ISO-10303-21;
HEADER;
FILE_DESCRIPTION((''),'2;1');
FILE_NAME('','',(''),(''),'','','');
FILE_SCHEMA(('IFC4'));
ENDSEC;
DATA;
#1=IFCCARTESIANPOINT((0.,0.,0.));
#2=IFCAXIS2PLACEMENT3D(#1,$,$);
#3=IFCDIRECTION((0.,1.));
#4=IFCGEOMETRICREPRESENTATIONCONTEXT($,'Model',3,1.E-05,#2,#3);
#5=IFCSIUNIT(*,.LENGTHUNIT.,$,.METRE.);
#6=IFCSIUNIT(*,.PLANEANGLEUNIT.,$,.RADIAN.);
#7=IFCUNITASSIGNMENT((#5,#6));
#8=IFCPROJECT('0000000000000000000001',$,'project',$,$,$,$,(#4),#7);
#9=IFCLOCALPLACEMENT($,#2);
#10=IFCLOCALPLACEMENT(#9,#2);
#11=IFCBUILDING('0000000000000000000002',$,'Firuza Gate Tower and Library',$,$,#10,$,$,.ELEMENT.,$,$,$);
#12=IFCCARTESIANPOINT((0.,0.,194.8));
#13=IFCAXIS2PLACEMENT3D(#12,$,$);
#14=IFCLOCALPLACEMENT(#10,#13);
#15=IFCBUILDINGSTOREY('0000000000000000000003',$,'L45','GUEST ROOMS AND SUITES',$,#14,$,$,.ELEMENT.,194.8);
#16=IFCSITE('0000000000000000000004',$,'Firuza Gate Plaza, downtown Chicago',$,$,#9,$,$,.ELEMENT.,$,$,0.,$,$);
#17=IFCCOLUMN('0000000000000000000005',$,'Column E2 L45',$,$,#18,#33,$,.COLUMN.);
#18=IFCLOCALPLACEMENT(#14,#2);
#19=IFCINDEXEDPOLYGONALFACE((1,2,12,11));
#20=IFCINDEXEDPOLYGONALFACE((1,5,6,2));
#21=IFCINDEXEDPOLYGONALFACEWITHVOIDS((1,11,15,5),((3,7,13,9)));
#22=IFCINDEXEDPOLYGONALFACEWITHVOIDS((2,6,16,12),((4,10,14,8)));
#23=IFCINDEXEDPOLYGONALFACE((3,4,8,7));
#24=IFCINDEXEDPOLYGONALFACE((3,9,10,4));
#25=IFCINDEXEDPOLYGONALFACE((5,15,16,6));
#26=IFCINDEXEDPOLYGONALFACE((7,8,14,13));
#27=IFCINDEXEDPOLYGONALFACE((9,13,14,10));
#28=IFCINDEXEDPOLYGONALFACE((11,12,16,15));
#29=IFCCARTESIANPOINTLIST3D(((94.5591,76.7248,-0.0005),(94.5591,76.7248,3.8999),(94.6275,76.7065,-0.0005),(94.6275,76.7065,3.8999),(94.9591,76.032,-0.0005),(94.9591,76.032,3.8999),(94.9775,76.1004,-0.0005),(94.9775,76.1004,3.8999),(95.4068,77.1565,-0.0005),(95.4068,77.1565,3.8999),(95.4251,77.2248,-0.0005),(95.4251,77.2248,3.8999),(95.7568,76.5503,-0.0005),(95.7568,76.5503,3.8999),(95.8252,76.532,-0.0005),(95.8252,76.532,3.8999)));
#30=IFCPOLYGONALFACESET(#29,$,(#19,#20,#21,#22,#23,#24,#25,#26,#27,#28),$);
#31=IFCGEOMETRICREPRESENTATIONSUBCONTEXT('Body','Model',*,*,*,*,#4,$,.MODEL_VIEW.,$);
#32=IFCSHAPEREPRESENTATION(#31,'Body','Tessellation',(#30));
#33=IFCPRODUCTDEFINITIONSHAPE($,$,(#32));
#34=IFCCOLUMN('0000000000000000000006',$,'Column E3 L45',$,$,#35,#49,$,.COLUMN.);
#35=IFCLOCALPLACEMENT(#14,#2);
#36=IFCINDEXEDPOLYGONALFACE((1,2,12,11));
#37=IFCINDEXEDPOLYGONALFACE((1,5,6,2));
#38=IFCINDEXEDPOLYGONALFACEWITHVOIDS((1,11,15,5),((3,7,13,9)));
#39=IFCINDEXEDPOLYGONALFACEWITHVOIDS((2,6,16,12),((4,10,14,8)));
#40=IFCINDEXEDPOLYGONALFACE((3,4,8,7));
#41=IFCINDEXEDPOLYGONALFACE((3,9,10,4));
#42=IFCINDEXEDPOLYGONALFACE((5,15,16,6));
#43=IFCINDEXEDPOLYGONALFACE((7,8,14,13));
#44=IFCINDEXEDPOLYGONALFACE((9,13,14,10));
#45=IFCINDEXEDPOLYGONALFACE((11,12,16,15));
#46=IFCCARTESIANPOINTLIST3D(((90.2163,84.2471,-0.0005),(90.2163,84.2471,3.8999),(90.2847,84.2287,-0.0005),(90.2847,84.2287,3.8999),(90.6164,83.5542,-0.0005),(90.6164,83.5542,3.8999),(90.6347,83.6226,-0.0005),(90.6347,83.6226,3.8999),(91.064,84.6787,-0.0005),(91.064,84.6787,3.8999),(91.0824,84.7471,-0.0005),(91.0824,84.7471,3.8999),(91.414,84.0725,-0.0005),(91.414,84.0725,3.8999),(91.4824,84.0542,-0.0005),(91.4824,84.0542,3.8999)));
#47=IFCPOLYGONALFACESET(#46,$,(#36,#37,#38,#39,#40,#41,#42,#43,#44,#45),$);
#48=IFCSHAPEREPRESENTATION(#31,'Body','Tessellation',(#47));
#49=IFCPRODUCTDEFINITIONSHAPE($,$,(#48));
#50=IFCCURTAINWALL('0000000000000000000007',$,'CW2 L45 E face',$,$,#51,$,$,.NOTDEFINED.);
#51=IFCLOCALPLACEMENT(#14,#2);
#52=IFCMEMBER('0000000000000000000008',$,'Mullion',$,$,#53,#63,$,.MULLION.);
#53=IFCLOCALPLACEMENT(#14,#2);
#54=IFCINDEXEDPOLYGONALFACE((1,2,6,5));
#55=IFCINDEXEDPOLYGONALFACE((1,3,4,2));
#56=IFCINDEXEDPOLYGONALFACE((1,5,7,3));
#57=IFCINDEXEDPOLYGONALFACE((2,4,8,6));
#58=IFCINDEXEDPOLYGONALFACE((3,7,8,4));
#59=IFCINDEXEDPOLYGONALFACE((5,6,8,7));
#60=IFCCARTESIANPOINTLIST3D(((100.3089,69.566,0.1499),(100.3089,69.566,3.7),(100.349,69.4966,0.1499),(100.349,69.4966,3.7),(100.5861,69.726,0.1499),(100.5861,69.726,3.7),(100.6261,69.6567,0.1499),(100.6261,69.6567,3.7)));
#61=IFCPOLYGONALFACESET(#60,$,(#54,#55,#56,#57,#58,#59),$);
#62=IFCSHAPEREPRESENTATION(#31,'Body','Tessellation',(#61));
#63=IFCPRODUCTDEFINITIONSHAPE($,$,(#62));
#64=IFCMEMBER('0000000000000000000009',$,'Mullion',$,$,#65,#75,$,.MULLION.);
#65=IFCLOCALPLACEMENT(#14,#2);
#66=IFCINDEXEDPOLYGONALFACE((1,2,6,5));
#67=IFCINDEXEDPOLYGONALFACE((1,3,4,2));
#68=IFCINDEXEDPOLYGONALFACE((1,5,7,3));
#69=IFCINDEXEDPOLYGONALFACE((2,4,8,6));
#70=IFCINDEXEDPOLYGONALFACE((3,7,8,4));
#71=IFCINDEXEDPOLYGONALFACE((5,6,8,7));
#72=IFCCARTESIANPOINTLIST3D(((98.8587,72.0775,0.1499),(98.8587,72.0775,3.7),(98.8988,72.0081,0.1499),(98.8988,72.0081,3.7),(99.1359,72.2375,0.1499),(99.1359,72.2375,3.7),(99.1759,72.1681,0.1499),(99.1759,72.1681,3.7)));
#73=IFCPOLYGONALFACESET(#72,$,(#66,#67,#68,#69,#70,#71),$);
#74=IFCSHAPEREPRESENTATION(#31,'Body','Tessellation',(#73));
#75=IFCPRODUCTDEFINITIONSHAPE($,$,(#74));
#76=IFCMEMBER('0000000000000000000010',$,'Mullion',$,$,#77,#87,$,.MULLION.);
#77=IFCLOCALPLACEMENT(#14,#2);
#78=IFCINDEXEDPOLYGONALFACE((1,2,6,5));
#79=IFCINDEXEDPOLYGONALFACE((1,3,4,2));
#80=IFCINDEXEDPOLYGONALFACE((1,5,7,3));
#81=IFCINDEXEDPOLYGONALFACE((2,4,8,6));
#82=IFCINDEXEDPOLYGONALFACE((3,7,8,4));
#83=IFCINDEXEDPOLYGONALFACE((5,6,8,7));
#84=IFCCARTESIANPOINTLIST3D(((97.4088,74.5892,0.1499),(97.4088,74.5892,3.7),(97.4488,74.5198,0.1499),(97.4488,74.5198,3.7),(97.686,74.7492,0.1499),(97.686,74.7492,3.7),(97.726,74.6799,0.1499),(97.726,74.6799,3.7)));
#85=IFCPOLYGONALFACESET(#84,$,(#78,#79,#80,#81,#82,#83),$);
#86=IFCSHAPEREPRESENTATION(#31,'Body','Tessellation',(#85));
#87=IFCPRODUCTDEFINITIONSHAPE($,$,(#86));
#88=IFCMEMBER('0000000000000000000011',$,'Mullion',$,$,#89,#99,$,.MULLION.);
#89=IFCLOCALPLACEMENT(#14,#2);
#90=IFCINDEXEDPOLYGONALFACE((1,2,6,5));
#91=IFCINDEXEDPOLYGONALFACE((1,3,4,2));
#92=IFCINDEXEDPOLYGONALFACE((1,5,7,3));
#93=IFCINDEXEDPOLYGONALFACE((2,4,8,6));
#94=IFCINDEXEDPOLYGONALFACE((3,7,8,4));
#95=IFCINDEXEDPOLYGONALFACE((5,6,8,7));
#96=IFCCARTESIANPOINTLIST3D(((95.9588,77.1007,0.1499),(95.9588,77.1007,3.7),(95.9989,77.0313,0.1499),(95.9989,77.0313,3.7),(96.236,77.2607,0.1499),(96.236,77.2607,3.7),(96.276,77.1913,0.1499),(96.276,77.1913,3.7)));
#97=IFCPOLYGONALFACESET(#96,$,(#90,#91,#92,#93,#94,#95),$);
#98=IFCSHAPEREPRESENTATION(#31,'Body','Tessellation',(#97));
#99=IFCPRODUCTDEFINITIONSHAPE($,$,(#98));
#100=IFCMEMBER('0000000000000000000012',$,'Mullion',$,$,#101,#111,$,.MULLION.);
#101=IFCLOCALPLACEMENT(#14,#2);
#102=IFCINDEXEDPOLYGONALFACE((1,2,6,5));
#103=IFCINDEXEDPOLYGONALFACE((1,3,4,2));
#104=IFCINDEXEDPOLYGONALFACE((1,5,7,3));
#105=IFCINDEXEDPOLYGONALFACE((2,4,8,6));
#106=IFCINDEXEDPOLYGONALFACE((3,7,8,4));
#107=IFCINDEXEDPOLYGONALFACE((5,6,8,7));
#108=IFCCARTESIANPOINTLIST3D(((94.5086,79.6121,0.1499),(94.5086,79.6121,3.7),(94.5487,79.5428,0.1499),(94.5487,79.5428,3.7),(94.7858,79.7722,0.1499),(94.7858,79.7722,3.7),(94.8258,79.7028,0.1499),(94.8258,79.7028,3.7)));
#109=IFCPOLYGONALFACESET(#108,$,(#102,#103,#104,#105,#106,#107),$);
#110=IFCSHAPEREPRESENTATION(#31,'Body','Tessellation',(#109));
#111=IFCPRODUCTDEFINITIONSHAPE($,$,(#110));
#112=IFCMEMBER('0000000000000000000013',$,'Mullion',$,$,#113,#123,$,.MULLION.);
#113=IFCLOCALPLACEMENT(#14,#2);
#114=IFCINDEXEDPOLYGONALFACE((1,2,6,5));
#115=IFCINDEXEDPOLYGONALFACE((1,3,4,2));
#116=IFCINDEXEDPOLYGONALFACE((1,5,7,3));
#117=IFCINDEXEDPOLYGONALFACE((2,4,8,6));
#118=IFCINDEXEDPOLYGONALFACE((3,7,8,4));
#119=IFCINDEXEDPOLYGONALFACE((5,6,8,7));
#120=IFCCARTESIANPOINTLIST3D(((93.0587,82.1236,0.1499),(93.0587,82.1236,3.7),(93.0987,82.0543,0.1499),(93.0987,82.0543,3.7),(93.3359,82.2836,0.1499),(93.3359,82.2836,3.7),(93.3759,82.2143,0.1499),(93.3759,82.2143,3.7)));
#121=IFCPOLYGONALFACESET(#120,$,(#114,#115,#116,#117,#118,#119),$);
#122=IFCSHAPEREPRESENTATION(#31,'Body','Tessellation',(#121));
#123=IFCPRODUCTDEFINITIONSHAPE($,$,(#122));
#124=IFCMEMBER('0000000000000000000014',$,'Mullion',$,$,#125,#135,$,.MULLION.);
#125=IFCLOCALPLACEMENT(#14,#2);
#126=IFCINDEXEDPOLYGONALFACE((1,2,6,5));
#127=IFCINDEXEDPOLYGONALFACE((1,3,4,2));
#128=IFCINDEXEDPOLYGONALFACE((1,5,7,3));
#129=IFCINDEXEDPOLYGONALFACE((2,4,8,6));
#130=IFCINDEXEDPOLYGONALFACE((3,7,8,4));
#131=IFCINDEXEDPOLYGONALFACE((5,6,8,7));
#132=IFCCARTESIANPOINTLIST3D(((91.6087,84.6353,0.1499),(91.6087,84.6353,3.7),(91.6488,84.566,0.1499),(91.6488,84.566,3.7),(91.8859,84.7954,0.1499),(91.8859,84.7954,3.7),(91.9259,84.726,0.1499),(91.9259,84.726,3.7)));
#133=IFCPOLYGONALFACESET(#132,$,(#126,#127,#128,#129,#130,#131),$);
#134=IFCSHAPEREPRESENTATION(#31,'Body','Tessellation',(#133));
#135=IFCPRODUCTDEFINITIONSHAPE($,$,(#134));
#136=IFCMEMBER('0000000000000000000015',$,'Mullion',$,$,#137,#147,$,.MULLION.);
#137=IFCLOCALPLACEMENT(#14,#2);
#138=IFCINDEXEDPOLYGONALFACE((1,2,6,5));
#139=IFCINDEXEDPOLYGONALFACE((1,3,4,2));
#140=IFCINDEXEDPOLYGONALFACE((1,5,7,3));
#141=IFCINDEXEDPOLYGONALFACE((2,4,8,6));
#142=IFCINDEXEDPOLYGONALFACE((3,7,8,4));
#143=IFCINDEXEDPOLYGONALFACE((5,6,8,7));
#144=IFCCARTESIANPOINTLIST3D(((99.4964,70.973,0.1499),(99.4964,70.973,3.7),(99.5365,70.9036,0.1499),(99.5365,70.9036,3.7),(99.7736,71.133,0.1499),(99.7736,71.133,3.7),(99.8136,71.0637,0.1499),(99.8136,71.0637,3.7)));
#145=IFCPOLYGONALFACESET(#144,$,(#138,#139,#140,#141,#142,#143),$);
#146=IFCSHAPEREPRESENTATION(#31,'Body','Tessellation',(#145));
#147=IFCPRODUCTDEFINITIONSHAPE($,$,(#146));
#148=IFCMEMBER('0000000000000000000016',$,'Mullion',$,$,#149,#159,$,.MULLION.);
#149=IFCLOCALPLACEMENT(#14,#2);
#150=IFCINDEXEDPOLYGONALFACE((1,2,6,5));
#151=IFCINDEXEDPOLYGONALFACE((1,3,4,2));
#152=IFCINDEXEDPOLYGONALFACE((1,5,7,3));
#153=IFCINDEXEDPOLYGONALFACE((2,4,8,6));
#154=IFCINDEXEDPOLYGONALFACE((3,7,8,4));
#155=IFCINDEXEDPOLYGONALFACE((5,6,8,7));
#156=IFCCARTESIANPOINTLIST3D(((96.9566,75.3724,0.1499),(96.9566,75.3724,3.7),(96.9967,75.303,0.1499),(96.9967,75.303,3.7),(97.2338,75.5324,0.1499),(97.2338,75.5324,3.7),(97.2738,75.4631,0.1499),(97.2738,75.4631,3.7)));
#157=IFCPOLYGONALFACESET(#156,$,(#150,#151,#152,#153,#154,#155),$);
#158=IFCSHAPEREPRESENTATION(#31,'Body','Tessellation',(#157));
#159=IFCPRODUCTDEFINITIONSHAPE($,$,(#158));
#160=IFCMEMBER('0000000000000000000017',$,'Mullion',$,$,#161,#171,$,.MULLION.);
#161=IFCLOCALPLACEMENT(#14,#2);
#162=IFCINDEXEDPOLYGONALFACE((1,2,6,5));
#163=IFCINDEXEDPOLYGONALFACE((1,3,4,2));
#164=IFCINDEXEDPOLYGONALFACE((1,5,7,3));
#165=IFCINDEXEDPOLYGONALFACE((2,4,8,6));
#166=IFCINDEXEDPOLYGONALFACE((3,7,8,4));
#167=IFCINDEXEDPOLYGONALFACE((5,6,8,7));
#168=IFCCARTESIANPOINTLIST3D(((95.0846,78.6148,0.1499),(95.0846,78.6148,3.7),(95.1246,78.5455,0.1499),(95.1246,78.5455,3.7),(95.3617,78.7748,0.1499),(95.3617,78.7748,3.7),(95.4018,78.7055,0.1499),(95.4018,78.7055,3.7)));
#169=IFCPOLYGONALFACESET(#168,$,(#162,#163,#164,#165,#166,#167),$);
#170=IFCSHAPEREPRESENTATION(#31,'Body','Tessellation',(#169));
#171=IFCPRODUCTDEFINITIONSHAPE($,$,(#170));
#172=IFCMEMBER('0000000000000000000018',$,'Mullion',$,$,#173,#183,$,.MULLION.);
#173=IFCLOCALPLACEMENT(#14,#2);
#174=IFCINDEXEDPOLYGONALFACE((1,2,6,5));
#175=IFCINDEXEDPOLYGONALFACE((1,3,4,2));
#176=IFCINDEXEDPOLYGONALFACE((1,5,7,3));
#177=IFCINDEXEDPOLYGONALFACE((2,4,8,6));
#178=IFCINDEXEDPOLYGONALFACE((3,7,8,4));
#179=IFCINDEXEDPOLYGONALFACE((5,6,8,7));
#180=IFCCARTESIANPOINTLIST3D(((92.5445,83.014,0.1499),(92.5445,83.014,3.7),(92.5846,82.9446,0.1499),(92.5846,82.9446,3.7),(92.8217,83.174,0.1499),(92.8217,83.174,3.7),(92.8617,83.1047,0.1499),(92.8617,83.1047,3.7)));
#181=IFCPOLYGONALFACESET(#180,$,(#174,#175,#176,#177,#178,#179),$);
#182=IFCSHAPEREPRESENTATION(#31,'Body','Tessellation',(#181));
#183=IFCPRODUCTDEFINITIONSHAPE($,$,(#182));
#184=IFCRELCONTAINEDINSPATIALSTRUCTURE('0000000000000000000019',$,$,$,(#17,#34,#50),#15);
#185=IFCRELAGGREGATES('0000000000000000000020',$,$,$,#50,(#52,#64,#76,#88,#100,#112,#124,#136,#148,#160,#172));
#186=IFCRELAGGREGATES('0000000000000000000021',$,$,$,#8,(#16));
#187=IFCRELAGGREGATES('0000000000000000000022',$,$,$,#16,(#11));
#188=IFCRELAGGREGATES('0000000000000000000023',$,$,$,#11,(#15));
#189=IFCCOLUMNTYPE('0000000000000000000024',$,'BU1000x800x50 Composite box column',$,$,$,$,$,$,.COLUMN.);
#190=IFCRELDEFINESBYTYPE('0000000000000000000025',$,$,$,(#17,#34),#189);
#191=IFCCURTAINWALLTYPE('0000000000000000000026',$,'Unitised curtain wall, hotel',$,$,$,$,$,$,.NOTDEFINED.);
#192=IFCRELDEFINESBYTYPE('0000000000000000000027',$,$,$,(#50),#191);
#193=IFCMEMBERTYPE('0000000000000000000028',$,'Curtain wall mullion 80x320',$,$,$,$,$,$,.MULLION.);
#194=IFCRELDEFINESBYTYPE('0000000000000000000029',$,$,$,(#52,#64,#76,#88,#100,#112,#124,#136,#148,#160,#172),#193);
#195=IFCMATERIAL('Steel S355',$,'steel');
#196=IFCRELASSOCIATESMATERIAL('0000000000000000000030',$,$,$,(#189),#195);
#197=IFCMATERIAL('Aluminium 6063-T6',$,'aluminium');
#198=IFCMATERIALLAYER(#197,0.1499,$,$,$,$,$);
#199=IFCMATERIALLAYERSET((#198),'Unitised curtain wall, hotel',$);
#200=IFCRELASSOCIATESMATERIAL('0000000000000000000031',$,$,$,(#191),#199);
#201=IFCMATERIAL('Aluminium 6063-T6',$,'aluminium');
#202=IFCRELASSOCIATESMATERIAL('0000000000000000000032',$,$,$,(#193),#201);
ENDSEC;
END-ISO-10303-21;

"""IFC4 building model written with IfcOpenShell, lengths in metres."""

from ifc_helpers import new_model, si_unit, direction, frame, origin, origin_2d, place, context, subcontext, project, spatial, rectangle, hollow_rectangle, extrude, material, layer, layer_set, material_profile, profile_set, type_object, element, aggregate, save


model = new_model("IFC4")

# Units and contexts
model_context = context("Model", 3, precision=1e-05, world=origin(), true_north=direction((0.0, 1.0)))
body_context = subcontext(model_context, "Body", "Model", "MODEL_VIEW")
ifc_project = project(units=[si_unit("LENGTHUNIT", "METRE"), si_unit("PLANEANGLEUNIT", "RADIAN")], contexts=[model_context])

# Site, building, storey
site_placement = place(None, origin())
site = spatial("IfcSite", under=ifc_project, at=site_placement, Name="Firuza Gate Plaza, downtown Chicago", CompositionType="ELEMENT", RefElevation=0.0)
building_placement = place(site_placement, origin())
building = spatial("IfcBuilding", under=site, at=building_placement, Name="Firuza Gate Tower and Library", CompositionType="ELEMENT")
storey_placement = place(building_placement, frame((0.0, 0.0, 194.8)))
storey = spatial("IfcBuildingStorey", under=building, at=storey_placement, Name="L45", Description="GUEST ROOMS AND SUITES", CompositionType="ELEMENT", Elevation=194.8)

# Columns
ifc_material_1 = material(Name="Steel S355", Category="steel")
ifc_material_profile_1 = material_profile(ifc_material_1, hollow_rectangle(XDim=0.8, YDim=1.0, WallThickness=0.05, at=origin_2d()))
ifc_profile_set_1 = profile_set([ifc_material_profile_1], Name="Steel S355")
column_type = type_object("IfcColumnType", Name="BU1000x800x50 Composite box column", PredefinedType="COLUMN", material=ifc_profile_set_1)
for number, where, z_axis, x_axis, name in (
    (1, (95.1921, 76.6284, -0.0005), (0.0, 0.0, 1.0), (-0.5, 0.866025, 0.0), "Column E2 L45"),
    (2, (90.8494, 84.1506, -0.0005), (0.0, 0.0, 1.0), (-0.5, 0.866025, 0.0), "Column E3 L45"),
):
    element("IfcColumn", number, at=place(storey_placement, frame(where, z_axis=z_axis, x_axis=x_axis)), inside=storey, type_object=column_type, Name=name, PredefinedType="COLUMN", context=body_context, shape_type="SweptSolid", body=[
        extrude(hollow_rectangle(XDim=0.8, YDim=1.0, WallThickness=0.05, at=origin_2d()), origin(), (0.0, 0.0, 1.0), 3.9004),
    ])

# Curtain wall, members
ifc_material_2 = material(Name="Aluminium 6063-T6", Category="aluminium")
ifc_layer_1 = layer(ifc_material_2, 0.1499)
ifc_layer_set_1 = layer_set([ifc_layer_1], Name="Unitised curtain wall, hotel")
curtain_wall_type = type_object("IfcCurtainWallType", Name="Unitised curtain wall, hotel", PredefinedType="NOTDEFINED", material=ifc_layer_set_1)
curtain_wall_placement = place(storey_placement, origin())
curtain_wall = element("IfcCurtainWall", 3, at=curtain_wall_placement, inside=storey, type_object=curtain_wall_type, Name="CW2 L45 E face", PredefinedType="NOTDEFINED")
ifc_material_3 = material(Name="Aluminium 6063-T6", Category="aluminium")
ifc_material_profile_2 = material_profile(ifc_material_3, rectangle(XDim=0.3201, YDim=0.0801, at=origin_2d()))
ifc_profile_set_2 = profile_set([ifc_material_profile_2], Name="Aluminium 6063-T6")
member_type = type_object("IfcMemberType", Name="Curtain wall mullion 80x320", PredefinedType="MULLION", material=ifc_profile_set_2)
member_1_placement = place(storey_placement, frame((100.4675, 69.6113, 0.1499), z_axis=(0.0, 0.0, 1.0), x_axis=(-0.866025, -0.5, 0.0)))
member_1 = element("IfcMember", 4, at=member_1_placement, type_object=member_type, Name="Mullion", PredefinedType="MULLION", context=body_context, shape_type="SweptSolid", body=[
    extrude(rectangle(XDim=0.3201, YDim=0.0801, at=origin_2d()), origin(), (0.0, 0.0, 1.0), 3.55),
])
member_2_placement = place(storey_placement, frame((99.0173, 72.1228, 0.1499), z_axis=(0.0, 0.0, 1.0), x_axis=(-0.866025, -0.5, 0.0)))
member_2 = element("IfcMember", 5, at=member_2_placement, type_object=member_type, Name="Mullion", PredefinedType="MULLION", context=body_context, shape_type="SweptSolid", body=[
    extrude(rectangle(XDim=0.3201, YDim=0.0801, at=origin_2d()), origin(), (0.0, 0.0, 1.0), 3.55),
])
member_3_placement = place(storey_placement, frame((97.5674, 74.6345, 0.1499), z_axis=(0.0, 0.0, 1.0), x_axis=(-0.866025, -0.5, 0.0)))
member_3 = element("IfcMember", 6, at=member_3_placement, type_object=member_type, Name="Mullion", PredefinedType="MULLION", context=body_context, shape_type="SweptSolid", body=[
    extrude(rectangle(XDim=0.3201, YDim=0.0801, at=origin_2d()), origin(), (0.0, 0.0, 1.0), 3.55),
])
member_4_placement = place(storey_placement, frame((96.1174, 77.146, 0.1499), z_axis=(0.0, 0.0, 1.0), x_axis=(-0.866025, -0.5, 0.0)))
member_4 = element("IfcMember", 7, at=member_4_placement, type_object=member_type, Name="Mullion", PredefinedType="MULLION", context=body_context, shape_type="SweptSolid", body=[
    extrude(rectangle(XDim=0.3201, YDim=0.0801, at=origin_2d()), origin(), (0.0, 0.0, 1.0), 3.55),
])
member_5_placement = place(storey_placement, frame((94.6672, 79.6575, 0.1499), z_axis=(0.0, 0.0, 1.0), x_axis=(-0.866025, -0.5, 0.0)))
member_5 = element("IfcMember", 8, at=member_5_placement, type_object=member_type, Name="Mullion", PredefinedType="MULLION", context=body_context, shape_type="SweptSolid", body=[
    extrude(rectangle(XDim=0.3201, YDim=0.0801, at=origin_2d()), origin(), (0.0, 0.0, 1.0), 3.55),
])
member_6_placement = place(storey_placement, frame((93.2173, 82.1689, 0.1499), z_axis=(0.0, 0.0, 1.0), x_axis=(-0.866025, -0.5, 0.0)))
member_6 = element("IfcMember", 9, at=member_6_placement, type_object=member_type, Name="Mullion", PredefinedType="MULLION", context=body_context, shape_type="SweptSolid", body=[
    extrude(rectangle(XDim=0.3201, YDim=0.0801, at=origin_2d()), origin(), (0.0, 0.0, 1.0), 3.55),
])
member_7_placement = place(storey_placement, frame((91.7673, 84.6807, 0.1499), z_axis=(0.0, 0.0, 1.0), x_axis=(-0.866025, -0.5, 0.0)))
member_7 = element("IfcMember", 10, at=member_7_placement, type_object=member_type, Name="Mullion", PredefinedType="MULLION", context=body_context, shape_type="SweptSolid", body=[
    extrude(rectangle(XDim=0.3201, YDim=0.0801, at=origin_2d()), origin(), (0.0, 0.0, 1.0), 3.55),
])
member_8_placement = place(storey_placement, frame((99.655, 71.0183, 0.1499), z_axis=(0.0, 0.0, 1.0), x_axis=(-0.866025, -0.5, 0.0)))
member_8 = element("IfcMember", 11, at=member_8_placement, type_object=member_type, Name="Mullion", PredefinedType="MULLION", context=body_context, shape_type="SweptSolid", body=[
    extrude(rectangle(XDim=0.3201, YDim=0.0801, at=origin_2d()), origin(), (0.0, 0.0, 1.0), 3.55),
])
member_9_placement = place(storey_placement, frame((97.1152, 75.4177, 0.1499), z_axis=(0.0, 0.0, 1.0), x_axis=(-0.866025, -0.5, 0.0)))
member_9 = element("IfcMember", 12, at=member_9_placement, type_object=member_type, Name="Mullion", PredefinedType="MULLION", context=body_context, shape_type="SweptSolid", body=[
    extrude(rectangle(XDim=0.3201, YDim=0.0801, at=origin_2d()), origin(), (0.0, 0.0, 1.0), 3.55),
])
member_10_placement = place(storey_placement, frame((95.2432, 78.6602, 0.1499), z_axis=(0.0, 0.0, 1.0), x_axis=(-0.866025, -0.5, 0.0)))
member_10 = element("IfcMember", 13, at=member_10_placement, type_object=member_type, Name="Mullion", PredefinedType="MULLION", context=body_context, shape_type="SweptSolid", body=[
    extrude(rectangle(XDim=0.3201, YDim=0.0801, at=origin_2d()), origin(), (0.0, 0.0, 1.0), 3.55),
])
member_11_placement = place(storey_placement, frame((92.7031, 83.0593, 0.1499), z_axis=(0.0, 0.0, 1.0), x_axis=(-0.866025, -0.5, 0.0)))
member_11 = element("IfcMember", 14, at=member_11_placement, type_object=member_type, Name="Mullion", PredefinedType="MULLION", context=body_context, shape_type="SweptSolid", body=[
    extrude(rectangle(XDim=0.3201, YDim=0.0801, at=origin_2d()), origin(), (0.0, 0.0, 1.0), 3.55),
])

aggregate(curtain_wall, [member_1, member_2, member_3, member_4, member_5, member_6, member_7, member_8, member_9, member_10, member_11])

save(model, "model.ifc")
